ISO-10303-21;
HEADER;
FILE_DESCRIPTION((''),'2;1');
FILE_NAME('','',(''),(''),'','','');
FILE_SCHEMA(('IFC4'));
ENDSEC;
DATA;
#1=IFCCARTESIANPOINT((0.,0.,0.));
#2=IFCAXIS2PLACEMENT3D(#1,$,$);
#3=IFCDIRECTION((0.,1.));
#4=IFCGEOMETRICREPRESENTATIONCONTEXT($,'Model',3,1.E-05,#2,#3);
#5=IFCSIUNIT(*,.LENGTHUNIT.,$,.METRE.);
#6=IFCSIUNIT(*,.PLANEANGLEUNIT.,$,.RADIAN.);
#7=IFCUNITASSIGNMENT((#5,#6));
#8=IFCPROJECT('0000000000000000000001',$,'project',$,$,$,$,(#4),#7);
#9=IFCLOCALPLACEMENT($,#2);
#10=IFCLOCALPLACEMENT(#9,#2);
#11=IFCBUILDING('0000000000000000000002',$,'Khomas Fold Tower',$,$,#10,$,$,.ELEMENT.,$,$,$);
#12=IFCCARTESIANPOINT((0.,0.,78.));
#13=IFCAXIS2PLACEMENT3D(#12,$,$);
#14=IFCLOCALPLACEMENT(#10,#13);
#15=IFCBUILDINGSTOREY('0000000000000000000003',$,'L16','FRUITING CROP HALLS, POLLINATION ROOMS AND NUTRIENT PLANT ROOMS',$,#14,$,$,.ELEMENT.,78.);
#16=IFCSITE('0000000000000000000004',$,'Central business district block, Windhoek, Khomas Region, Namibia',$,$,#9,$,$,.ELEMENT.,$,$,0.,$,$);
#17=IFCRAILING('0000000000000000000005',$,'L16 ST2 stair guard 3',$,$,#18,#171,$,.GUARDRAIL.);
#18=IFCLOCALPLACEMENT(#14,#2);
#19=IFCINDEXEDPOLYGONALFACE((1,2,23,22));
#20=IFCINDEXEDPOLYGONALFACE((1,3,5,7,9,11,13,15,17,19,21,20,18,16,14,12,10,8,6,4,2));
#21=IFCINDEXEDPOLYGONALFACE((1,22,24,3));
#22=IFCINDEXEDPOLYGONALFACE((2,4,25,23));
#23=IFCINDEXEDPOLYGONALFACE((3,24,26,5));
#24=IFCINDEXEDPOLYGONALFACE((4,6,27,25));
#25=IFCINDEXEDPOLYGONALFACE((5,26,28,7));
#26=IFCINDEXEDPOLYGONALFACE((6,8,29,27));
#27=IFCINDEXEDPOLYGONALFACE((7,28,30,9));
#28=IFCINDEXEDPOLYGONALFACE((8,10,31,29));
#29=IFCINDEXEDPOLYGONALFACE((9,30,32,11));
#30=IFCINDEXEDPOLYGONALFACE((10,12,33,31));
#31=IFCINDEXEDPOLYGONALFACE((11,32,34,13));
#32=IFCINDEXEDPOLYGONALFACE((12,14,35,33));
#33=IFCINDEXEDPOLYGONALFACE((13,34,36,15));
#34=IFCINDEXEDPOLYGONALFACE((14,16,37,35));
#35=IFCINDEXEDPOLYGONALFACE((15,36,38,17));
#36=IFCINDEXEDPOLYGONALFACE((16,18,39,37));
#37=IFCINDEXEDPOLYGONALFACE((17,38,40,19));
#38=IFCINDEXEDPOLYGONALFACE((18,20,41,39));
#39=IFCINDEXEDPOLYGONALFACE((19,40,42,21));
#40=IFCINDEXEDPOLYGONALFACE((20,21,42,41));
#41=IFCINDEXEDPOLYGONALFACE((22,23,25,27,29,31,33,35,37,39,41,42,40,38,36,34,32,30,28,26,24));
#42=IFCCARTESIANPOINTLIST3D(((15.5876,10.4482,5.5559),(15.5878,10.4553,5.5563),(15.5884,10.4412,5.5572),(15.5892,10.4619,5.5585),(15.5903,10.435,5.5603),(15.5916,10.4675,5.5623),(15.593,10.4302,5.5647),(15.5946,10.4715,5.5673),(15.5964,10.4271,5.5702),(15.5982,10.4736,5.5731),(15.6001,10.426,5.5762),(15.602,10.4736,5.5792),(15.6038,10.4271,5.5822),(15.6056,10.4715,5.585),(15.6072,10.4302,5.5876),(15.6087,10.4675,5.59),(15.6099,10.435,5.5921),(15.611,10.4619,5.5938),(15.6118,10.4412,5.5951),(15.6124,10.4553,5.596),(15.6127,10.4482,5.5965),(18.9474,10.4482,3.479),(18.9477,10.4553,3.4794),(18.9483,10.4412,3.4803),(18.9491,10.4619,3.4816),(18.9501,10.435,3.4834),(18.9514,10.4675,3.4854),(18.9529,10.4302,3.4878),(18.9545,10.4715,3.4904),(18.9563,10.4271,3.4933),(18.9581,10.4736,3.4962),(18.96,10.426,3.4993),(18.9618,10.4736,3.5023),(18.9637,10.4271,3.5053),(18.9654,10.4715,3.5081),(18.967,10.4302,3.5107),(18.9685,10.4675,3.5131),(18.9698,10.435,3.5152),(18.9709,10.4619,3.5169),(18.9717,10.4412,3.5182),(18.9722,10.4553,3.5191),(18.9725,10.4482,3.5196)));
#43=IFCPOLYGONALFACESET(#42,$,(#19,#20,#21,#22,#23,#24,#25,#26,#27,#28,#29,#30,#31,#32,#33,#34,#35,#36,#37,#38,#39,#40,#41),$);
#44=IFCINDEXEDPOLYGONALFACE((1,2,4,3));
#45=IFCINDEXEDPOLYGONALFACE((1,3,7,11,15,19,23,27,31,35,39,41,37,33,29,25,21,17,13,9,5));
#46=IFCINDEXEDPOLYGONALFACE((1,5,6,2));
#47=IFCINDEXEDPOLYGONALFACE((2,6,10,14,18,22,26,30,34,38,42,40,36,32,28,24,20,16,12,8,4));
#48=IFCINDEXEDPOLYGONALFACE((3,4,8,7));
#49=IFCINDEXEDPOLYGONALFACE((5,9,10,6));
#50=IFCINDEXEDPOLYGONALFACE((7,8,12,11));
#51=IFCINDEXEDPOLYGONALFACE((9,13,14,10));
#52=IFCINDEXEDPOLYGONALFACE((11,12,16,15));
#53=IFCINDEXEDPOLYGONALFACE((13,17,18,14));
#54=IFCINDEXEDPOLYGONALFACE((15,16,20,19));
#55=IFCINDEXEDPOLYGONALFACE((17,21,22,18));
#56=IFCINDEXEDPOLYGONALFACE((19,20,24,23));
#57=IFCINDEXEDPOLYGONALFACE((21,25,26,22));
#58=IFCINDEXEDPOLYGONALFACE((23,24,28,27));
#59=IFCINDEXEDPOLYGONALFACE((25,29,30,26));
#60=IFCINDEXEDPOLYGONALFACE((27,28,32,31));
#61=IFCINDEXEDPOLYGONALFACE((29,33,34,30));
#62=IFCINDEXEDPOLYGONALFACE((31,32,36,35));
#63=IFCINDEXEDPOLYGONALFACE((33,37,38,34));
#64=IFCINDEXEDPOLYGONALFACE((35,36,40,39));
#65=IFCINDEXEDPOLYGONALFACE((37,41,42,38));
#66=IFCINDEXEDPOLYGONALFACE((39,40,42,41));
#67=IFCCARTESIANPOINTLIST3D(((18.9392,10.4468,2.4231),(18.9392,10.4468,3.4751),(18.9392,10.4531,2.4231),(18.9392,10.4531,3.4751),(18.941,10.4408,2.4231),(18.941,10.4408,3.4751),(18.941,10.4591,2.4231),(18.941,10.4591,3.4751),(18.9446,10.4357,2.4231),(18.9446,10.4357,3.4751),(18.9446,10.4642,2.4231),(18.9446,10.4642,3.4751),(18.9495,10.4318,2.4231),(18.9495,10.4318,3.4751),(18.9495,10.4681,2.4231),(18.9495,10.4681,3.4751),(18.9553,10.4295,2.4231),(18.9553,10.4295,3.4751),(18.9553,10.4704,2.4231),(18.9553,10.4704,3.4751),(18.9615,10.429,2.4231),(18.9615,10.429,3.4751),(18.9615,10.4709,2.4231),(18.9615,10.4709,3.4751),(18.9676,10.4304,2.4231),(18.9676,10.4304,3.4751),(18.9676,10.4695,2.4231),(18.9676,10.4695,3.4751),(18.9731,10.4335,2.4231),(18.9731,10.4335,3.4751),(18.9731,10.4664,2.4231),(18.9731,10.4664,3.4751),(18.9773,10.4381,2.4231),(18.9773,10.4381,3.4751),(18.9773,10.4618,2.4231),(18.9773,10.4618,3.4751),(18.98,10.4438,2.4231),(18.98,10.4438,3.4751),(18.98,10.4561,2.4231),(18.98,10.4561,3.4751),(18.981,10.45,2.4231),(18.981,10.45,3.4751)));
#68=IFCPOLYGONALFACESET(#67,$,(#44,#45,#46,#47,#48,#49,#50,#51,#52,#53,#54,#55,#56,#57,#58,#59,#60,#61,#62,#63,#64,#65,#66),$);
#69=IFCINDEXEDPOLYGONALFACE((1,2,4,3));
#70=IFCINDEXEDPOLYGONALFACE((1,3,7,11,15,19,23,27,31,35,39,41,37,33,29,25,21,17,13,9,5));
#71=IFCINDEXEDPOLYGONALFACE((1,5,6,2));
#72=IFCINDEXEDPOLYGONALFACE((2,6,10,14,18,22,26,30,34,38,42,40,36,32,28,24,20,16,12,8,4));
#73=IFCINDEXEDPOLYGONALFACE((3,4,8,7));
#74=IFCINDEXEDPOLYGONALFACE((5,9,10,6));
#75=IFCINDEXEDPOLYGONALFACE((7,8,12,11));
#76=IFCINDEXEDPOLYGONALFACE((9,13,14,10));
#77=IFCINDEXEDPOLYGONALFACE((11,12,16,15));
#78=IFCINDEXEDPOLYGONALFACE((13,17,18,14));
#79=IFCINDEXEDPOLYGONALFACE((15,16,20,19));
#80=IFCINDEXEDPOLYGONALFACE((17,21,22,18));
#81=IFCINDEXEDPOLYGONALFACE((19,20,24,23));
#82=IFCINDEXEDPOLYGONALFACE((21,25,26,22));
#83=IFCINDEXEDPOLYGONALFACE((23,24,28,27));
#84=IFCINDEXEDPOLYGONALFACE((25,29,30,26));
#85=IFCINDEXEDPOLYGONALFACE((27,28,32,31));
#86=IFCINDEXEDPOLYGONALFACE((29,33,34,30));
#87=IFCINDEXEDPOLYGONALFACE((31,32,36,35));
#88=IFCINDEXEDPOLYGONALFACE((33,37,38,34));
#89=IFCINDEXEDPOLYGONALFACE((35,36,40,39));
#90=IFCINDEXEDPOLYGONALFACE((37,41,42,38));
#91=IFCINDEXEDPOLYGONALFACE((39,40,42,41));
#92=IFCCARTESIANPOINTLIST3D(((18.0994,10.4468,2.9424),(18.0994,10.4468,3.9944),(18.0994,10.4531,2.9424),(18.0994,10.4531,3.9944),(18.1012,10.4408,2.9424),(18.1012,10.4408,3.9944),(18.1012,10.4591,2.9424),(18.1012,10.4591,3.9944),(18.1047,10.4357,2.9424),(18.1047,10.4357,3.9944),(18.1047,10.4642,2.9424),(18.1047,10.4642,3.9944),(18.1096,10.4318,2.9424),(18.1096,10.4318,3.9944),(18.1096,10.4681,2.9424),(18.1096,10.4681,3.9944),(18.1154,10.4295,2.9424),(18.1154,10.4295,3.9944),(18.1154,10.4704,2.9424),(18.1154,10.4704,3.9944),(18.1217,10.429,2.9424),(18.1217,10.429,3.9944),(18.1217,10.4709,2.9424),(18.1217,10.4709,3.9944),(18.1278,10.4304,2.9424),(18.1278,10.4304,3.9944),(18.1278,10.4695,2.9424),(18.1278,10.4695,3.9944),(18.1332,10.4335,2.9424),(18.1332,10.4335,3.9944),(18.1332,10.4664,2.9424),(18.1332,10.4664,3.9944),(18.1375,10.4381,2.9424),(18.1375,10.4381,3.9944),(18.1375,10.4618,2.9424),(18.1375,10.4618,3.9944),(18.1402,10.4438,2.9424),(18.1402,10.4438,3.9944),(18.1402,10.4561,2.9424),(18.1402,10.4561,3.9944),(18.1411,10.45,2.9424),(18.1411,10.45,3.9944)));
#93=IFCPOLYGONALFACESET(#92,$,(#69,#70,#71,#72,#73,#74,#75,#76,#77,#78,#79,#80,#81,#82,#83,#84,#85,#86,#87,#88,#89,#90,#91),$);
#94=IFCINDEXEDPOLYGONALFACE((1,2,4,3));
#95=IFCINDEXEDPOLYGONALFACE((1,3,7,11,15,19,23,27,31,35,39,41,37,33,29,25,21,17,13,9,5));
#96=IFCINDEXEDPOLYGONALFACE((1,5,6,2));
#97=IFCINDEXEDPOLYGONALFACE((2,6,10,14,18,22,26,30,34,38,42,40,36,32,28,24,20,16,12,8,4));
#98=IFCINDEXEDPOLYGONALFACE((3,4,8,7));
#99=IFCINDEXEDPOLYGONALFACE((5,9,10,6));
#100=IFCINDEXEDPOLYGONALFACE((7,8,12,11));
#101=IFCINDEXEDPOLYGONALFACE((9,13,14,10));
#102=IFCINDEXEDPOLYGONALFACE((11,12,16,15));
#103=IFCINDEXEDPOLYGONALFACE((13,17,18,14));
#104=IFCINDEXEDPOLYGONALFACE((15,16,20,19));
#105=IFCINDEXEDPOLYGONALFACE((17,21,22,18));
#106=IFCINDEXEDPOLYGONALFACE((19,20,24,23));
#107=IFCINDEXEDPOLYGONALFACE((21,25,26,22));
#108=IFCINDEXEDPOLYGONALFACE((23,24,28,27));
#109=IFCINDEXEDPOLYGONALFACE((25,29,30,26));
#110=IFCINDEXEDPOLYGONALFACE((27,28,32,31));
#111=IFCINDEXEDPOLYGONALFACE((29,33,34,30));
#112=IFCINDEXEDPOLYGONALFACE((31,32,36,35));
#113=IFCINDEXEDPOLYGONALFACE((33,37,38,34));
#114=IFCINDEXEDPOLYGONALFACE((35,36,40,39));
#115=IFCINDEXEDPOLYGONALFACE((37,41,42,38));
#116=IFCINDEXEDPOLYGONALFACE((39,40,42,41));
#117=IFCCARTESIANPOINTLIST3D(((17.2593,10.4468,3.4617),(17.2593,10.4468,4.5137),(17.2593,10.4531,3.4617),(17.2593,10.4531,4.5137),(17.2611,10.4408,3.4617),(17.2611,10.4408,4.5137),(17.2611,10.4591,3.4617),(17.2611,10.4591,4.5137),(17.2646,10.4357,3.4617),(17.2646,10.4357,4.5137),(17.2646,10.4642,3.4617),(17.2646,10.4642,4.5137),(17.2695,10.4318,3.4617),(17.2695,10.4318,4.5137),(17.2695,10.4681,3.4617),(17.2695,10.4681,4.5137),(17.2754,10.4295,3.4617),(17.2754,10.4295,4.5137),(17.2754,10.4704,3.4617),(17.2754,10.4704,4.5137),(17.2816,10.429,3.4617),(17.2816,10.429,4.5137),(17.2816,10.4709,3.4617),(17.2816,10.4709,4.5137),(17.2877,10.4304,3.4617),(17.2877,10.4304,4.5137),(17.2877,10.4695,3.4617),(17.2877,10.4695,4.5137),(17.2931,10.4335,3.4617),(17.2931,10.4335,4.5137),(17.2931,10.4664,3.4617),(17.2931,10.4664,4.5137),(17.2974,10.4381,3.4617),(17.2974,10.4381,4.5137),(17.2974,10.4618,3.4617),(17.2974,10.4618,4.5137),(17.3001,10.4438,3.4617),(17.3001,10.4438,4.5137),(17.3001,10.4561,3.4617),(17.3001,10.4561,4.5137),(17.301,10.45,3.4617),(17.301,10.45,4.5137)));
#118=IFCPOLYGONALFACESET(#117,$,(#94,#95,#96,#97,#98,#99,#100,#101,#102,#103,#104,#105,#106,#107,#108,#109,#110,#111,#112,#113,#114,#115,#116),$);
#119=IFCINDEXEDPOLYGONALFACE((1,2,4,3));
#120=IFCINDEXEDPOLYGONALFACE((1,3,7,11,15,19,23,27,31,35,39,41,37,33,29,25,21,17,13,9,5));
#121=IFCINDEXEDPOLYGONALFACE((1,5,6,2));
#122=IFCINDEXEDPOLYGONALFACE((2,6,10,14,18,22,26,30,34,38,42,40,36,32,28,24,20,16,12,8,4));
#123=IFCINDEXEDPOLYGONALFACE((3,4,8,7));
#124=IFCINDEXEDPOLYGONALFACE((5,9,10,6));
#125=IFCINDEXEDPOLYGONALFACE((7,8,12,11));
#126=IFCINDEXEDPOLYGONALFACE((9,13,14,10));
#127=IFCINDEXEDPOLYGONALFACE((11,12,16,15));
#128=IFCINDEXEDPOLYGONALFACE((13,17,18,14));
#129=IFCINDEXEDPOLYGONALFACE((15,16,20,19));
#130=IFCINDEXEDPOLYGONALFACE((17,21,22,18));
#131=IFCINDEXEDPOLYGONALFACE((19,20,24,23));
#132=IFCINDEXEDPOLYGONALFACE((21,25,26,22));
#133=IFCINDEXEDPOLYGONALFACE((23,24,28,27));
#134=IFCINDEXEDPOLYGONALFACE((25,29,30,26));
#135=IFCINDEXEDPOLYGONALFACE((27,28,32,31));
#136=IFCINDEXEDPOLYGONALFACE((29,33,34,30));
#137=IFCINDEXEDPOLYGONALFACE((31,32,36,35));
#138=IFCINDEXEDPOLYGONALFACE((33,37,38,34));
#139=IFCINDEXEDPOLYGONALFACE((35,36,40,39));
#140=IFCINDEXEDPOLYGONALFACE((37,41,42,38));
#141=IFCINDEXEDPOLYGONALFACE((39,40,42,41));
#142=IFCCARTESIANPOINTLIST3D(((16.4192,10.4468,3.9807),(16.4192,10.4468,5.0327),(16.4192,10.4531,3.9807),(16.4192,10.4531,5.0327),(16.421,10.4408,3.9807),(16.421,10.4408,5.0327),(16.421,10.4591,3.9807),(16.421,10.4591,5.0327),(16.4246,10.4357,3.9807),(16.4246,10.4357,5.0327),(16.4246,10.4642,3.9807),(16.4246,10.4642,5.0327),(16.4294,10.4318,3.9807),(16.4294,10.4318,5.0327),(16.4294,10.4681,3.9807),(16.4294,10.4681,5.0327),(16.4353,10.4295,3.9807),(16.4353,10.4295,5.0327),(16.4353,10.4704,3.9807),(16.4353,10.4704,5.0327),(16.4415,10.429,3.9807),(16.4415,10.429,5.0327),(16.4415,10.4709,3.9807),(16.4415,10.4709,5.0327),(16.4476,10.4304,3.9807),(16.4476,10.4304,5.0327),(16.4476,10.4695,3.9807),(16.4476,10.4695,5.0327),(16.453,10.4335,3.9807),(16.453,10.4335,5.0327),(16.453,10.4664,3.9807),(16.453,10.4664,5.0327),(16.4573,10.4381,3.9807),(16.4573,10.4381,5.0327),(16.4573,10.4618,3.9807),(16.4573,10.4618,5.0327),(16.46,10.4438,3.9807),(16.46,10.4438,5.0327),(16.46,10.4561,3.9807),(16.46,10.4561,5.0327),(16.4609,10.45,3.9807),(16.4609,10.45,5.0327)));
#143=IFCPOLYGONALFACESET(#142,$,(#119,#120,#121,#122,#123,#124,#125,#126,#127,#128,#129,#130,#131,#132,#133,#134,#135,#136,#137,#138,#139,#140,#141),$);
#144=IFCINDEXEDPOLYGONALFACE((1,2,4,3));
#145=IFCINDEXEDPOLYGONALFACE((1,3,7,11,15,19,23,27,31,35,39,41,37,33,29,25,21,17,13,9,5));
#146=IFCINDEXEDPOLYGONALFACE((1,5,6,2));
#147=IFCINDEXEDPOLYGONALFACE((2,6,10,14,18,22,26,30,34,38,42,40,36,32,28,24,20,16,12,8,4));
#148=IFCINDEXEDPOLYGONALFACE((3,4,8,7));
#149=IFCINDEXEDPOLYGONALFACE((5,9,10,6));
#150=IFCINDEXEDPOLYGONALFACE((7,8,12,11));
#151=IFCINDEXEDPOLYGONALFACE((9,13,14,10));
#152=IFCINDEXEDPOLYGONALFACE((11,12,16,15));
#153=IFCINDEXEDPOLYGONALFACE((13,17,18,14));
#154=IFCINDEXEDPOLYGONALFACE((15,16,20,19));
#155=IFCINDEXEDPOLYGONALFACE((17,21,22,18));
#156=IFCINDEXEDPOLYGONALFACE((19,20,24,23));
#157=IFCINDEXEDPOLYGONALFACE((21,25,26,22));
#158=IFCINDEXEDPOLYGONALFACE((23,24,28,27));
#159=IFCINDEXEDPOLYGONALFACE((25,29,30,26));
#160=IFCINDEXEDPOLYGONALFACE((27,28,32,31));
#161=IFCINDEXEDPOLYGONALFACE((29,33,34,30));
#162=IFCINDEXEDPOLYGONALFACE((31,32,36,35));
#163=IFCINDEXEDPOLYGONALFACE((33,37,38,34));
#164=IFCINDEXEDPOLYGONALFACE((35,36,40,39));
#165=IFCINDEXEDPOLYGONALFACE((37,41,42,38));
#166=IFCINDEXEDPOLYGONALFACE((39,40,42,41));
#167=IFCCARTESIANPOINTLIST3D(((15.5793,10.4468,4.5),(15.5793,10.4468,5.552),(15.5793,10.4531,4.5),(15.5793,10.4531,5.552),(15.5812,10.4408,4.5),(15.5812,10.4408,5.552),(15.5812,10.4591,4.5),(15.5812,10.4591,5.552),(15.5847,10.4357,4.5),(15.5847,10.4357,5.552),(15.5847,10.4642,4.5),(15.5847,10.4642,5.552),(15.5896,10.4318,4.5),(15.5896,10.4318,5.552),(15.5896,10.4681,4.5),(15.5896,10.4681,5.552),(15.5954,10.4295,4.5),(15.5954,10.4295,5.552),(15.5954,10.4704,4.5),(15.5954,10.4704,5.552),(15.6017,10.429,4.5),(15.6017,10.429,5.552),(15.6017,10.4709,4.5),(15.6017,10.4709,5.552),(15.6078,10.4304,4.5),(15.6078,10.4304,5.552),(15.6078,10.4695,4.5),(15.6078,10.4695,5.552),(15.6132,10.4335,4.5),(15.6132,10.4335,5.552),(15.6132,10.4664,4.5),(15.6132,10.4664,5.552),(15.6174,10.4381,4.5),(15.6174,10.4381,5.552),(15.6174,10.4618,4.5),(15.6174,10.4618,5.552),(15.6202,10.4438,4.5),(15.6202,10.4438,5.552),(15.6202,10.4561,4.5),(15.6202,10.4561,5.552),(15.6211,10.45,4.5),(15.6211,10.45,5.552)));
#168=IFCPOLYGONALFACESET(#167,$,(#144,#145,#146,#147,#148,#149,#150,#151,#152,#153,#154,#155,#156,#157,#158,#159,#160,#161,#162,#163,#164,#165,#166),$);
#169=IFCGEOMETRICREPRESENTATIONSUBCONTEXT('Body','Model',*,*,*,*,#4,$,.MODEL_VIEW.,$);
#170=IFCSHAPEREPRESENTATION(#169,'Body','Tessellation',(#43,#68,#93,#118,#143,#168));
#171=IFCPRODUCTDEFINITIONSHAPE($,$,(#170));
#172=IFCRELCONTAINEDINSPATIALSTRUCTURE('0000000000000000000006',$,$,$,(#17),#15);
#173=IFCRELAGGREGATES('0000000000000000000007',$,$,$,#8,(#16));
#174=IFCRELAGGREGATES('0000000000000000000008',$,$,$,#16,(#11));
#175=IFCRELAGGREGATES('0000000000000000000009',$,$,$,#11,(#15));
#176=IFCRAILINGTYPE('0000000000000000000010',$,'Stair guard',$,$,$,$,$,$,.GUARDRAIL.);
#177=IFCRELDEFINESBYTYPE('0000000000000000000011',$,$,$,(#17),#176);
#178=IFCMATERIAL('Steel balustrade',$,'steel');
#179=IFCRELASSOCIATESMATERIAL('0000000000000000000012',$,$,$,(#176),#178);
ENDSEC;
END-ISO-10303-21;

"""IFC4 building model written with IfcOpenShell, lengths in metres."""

from ifc_helpers import new_model, si_unit, direction, frame, origin, origin_2d, place, context, subcontext, project, spatial, circle, extrude, source, transform, mapped, material, type_object, element, save


model = new_model("IFC4")

# Units and contexts
model_context = context("Model", 3, precision=1e-05, world=origin(), true_north=direction((0.0, 1.0)))
body_context = subcontext(model_context, "Body", "Model", "MODEL_VIEW")
ifc_project = project(units=[si_unit("LENGTHUNIT", "METRE"), si_unit("PLANEANGLEUNIT", "RADIAN")], contexts=[model_context])

# Site, building, storey
site_placement = place(None, origin())
site = spatial("IfcSite", under=ifc_project, at=site_placement, Name="Central business district block, Windhoek, Khomas Region, Namibia", CompositionType="ELEMENT", RefElevation=0.0)
building_placement = place(site_placement, origin())
building = spatial("IfcBuilding", under=site, at=building_placement, Name="Khomas Fold Tower", CompositionType="ELEMENT")
storey_placement = place(building_placement, frame((0.0, 0.0, 78.0)))
storey = spatial("IfcBuildingStorey", under=building, at=storey_placement, Name="L16", Description="FRUITING CROP HALLS, POLLINATION ROOMS AND NUTRIENT PLANT ROOMS", CompositionType="ELEMENT", Elevation=78.0)

# Railing
ifc_material_1 = material(Name="Steel balustrade", Category="steel")
railing_type_1 = type_object("IfcRailingType", Name="Stair guard", PredefinedType="GUARDRAIL", material=ifc_material_1)
shared_shape_1 = source(origin(), body_context, "Body", "SweptSolid", [
    extrude(circle(Radius=0.0239, at=origin_2d()), frame((0.0, 0.0, 1.0762), z_axis=(-0.850606, 0.0, 0.525803), x_axis=(0.0, -1.0, 0.0)), (0.0, 0.0, 1.0), 3.95),
    extrude(circle(Radius=0.021, at=origin_2d()), origin(), (0.0, 0.0, 1.0), 1.052),
    extrude(circle(Radius=0.021, at=origin_2d()), frame((-0.8398, 0.0, 0.5193)), (0.0, 0.0, 1.0), 1.052),
    extrude(circle(Radius=0.021, at=origin_2d()), frame((-1.6799, 0.0, 1.0386)), (0.0, 0.0, 1.0), 1.052),
    extrude(circle(Radius=0.021, at=origin_2d()), frame((-2.52, 0.0, 1.5576)), (0.0, 0.0, 1.0), 1.052),
    extrude(circle(Radius=0.021, at=origin_2d()), frame((-3.3599, 0.0, 2.0769)), (0.0, 0.0, 1.0), 1.052),
])
railing_1_placement = place(storey_placement, frame((18.96, 10.45, 2.4231)))
element("IfcRailing", 1, at=railing_1_placement, inside=storey, type_object=railing_type_1, Name="L16 ST2 stair guard 3", PredefinedType="GUARDRAIL", context=body_context, shape_type="MappedRepresentation", body=[
    mapped(shared_shape_1, transform((0.0, 0.0, 0.0))),
])

save(model, "model.ifc")
